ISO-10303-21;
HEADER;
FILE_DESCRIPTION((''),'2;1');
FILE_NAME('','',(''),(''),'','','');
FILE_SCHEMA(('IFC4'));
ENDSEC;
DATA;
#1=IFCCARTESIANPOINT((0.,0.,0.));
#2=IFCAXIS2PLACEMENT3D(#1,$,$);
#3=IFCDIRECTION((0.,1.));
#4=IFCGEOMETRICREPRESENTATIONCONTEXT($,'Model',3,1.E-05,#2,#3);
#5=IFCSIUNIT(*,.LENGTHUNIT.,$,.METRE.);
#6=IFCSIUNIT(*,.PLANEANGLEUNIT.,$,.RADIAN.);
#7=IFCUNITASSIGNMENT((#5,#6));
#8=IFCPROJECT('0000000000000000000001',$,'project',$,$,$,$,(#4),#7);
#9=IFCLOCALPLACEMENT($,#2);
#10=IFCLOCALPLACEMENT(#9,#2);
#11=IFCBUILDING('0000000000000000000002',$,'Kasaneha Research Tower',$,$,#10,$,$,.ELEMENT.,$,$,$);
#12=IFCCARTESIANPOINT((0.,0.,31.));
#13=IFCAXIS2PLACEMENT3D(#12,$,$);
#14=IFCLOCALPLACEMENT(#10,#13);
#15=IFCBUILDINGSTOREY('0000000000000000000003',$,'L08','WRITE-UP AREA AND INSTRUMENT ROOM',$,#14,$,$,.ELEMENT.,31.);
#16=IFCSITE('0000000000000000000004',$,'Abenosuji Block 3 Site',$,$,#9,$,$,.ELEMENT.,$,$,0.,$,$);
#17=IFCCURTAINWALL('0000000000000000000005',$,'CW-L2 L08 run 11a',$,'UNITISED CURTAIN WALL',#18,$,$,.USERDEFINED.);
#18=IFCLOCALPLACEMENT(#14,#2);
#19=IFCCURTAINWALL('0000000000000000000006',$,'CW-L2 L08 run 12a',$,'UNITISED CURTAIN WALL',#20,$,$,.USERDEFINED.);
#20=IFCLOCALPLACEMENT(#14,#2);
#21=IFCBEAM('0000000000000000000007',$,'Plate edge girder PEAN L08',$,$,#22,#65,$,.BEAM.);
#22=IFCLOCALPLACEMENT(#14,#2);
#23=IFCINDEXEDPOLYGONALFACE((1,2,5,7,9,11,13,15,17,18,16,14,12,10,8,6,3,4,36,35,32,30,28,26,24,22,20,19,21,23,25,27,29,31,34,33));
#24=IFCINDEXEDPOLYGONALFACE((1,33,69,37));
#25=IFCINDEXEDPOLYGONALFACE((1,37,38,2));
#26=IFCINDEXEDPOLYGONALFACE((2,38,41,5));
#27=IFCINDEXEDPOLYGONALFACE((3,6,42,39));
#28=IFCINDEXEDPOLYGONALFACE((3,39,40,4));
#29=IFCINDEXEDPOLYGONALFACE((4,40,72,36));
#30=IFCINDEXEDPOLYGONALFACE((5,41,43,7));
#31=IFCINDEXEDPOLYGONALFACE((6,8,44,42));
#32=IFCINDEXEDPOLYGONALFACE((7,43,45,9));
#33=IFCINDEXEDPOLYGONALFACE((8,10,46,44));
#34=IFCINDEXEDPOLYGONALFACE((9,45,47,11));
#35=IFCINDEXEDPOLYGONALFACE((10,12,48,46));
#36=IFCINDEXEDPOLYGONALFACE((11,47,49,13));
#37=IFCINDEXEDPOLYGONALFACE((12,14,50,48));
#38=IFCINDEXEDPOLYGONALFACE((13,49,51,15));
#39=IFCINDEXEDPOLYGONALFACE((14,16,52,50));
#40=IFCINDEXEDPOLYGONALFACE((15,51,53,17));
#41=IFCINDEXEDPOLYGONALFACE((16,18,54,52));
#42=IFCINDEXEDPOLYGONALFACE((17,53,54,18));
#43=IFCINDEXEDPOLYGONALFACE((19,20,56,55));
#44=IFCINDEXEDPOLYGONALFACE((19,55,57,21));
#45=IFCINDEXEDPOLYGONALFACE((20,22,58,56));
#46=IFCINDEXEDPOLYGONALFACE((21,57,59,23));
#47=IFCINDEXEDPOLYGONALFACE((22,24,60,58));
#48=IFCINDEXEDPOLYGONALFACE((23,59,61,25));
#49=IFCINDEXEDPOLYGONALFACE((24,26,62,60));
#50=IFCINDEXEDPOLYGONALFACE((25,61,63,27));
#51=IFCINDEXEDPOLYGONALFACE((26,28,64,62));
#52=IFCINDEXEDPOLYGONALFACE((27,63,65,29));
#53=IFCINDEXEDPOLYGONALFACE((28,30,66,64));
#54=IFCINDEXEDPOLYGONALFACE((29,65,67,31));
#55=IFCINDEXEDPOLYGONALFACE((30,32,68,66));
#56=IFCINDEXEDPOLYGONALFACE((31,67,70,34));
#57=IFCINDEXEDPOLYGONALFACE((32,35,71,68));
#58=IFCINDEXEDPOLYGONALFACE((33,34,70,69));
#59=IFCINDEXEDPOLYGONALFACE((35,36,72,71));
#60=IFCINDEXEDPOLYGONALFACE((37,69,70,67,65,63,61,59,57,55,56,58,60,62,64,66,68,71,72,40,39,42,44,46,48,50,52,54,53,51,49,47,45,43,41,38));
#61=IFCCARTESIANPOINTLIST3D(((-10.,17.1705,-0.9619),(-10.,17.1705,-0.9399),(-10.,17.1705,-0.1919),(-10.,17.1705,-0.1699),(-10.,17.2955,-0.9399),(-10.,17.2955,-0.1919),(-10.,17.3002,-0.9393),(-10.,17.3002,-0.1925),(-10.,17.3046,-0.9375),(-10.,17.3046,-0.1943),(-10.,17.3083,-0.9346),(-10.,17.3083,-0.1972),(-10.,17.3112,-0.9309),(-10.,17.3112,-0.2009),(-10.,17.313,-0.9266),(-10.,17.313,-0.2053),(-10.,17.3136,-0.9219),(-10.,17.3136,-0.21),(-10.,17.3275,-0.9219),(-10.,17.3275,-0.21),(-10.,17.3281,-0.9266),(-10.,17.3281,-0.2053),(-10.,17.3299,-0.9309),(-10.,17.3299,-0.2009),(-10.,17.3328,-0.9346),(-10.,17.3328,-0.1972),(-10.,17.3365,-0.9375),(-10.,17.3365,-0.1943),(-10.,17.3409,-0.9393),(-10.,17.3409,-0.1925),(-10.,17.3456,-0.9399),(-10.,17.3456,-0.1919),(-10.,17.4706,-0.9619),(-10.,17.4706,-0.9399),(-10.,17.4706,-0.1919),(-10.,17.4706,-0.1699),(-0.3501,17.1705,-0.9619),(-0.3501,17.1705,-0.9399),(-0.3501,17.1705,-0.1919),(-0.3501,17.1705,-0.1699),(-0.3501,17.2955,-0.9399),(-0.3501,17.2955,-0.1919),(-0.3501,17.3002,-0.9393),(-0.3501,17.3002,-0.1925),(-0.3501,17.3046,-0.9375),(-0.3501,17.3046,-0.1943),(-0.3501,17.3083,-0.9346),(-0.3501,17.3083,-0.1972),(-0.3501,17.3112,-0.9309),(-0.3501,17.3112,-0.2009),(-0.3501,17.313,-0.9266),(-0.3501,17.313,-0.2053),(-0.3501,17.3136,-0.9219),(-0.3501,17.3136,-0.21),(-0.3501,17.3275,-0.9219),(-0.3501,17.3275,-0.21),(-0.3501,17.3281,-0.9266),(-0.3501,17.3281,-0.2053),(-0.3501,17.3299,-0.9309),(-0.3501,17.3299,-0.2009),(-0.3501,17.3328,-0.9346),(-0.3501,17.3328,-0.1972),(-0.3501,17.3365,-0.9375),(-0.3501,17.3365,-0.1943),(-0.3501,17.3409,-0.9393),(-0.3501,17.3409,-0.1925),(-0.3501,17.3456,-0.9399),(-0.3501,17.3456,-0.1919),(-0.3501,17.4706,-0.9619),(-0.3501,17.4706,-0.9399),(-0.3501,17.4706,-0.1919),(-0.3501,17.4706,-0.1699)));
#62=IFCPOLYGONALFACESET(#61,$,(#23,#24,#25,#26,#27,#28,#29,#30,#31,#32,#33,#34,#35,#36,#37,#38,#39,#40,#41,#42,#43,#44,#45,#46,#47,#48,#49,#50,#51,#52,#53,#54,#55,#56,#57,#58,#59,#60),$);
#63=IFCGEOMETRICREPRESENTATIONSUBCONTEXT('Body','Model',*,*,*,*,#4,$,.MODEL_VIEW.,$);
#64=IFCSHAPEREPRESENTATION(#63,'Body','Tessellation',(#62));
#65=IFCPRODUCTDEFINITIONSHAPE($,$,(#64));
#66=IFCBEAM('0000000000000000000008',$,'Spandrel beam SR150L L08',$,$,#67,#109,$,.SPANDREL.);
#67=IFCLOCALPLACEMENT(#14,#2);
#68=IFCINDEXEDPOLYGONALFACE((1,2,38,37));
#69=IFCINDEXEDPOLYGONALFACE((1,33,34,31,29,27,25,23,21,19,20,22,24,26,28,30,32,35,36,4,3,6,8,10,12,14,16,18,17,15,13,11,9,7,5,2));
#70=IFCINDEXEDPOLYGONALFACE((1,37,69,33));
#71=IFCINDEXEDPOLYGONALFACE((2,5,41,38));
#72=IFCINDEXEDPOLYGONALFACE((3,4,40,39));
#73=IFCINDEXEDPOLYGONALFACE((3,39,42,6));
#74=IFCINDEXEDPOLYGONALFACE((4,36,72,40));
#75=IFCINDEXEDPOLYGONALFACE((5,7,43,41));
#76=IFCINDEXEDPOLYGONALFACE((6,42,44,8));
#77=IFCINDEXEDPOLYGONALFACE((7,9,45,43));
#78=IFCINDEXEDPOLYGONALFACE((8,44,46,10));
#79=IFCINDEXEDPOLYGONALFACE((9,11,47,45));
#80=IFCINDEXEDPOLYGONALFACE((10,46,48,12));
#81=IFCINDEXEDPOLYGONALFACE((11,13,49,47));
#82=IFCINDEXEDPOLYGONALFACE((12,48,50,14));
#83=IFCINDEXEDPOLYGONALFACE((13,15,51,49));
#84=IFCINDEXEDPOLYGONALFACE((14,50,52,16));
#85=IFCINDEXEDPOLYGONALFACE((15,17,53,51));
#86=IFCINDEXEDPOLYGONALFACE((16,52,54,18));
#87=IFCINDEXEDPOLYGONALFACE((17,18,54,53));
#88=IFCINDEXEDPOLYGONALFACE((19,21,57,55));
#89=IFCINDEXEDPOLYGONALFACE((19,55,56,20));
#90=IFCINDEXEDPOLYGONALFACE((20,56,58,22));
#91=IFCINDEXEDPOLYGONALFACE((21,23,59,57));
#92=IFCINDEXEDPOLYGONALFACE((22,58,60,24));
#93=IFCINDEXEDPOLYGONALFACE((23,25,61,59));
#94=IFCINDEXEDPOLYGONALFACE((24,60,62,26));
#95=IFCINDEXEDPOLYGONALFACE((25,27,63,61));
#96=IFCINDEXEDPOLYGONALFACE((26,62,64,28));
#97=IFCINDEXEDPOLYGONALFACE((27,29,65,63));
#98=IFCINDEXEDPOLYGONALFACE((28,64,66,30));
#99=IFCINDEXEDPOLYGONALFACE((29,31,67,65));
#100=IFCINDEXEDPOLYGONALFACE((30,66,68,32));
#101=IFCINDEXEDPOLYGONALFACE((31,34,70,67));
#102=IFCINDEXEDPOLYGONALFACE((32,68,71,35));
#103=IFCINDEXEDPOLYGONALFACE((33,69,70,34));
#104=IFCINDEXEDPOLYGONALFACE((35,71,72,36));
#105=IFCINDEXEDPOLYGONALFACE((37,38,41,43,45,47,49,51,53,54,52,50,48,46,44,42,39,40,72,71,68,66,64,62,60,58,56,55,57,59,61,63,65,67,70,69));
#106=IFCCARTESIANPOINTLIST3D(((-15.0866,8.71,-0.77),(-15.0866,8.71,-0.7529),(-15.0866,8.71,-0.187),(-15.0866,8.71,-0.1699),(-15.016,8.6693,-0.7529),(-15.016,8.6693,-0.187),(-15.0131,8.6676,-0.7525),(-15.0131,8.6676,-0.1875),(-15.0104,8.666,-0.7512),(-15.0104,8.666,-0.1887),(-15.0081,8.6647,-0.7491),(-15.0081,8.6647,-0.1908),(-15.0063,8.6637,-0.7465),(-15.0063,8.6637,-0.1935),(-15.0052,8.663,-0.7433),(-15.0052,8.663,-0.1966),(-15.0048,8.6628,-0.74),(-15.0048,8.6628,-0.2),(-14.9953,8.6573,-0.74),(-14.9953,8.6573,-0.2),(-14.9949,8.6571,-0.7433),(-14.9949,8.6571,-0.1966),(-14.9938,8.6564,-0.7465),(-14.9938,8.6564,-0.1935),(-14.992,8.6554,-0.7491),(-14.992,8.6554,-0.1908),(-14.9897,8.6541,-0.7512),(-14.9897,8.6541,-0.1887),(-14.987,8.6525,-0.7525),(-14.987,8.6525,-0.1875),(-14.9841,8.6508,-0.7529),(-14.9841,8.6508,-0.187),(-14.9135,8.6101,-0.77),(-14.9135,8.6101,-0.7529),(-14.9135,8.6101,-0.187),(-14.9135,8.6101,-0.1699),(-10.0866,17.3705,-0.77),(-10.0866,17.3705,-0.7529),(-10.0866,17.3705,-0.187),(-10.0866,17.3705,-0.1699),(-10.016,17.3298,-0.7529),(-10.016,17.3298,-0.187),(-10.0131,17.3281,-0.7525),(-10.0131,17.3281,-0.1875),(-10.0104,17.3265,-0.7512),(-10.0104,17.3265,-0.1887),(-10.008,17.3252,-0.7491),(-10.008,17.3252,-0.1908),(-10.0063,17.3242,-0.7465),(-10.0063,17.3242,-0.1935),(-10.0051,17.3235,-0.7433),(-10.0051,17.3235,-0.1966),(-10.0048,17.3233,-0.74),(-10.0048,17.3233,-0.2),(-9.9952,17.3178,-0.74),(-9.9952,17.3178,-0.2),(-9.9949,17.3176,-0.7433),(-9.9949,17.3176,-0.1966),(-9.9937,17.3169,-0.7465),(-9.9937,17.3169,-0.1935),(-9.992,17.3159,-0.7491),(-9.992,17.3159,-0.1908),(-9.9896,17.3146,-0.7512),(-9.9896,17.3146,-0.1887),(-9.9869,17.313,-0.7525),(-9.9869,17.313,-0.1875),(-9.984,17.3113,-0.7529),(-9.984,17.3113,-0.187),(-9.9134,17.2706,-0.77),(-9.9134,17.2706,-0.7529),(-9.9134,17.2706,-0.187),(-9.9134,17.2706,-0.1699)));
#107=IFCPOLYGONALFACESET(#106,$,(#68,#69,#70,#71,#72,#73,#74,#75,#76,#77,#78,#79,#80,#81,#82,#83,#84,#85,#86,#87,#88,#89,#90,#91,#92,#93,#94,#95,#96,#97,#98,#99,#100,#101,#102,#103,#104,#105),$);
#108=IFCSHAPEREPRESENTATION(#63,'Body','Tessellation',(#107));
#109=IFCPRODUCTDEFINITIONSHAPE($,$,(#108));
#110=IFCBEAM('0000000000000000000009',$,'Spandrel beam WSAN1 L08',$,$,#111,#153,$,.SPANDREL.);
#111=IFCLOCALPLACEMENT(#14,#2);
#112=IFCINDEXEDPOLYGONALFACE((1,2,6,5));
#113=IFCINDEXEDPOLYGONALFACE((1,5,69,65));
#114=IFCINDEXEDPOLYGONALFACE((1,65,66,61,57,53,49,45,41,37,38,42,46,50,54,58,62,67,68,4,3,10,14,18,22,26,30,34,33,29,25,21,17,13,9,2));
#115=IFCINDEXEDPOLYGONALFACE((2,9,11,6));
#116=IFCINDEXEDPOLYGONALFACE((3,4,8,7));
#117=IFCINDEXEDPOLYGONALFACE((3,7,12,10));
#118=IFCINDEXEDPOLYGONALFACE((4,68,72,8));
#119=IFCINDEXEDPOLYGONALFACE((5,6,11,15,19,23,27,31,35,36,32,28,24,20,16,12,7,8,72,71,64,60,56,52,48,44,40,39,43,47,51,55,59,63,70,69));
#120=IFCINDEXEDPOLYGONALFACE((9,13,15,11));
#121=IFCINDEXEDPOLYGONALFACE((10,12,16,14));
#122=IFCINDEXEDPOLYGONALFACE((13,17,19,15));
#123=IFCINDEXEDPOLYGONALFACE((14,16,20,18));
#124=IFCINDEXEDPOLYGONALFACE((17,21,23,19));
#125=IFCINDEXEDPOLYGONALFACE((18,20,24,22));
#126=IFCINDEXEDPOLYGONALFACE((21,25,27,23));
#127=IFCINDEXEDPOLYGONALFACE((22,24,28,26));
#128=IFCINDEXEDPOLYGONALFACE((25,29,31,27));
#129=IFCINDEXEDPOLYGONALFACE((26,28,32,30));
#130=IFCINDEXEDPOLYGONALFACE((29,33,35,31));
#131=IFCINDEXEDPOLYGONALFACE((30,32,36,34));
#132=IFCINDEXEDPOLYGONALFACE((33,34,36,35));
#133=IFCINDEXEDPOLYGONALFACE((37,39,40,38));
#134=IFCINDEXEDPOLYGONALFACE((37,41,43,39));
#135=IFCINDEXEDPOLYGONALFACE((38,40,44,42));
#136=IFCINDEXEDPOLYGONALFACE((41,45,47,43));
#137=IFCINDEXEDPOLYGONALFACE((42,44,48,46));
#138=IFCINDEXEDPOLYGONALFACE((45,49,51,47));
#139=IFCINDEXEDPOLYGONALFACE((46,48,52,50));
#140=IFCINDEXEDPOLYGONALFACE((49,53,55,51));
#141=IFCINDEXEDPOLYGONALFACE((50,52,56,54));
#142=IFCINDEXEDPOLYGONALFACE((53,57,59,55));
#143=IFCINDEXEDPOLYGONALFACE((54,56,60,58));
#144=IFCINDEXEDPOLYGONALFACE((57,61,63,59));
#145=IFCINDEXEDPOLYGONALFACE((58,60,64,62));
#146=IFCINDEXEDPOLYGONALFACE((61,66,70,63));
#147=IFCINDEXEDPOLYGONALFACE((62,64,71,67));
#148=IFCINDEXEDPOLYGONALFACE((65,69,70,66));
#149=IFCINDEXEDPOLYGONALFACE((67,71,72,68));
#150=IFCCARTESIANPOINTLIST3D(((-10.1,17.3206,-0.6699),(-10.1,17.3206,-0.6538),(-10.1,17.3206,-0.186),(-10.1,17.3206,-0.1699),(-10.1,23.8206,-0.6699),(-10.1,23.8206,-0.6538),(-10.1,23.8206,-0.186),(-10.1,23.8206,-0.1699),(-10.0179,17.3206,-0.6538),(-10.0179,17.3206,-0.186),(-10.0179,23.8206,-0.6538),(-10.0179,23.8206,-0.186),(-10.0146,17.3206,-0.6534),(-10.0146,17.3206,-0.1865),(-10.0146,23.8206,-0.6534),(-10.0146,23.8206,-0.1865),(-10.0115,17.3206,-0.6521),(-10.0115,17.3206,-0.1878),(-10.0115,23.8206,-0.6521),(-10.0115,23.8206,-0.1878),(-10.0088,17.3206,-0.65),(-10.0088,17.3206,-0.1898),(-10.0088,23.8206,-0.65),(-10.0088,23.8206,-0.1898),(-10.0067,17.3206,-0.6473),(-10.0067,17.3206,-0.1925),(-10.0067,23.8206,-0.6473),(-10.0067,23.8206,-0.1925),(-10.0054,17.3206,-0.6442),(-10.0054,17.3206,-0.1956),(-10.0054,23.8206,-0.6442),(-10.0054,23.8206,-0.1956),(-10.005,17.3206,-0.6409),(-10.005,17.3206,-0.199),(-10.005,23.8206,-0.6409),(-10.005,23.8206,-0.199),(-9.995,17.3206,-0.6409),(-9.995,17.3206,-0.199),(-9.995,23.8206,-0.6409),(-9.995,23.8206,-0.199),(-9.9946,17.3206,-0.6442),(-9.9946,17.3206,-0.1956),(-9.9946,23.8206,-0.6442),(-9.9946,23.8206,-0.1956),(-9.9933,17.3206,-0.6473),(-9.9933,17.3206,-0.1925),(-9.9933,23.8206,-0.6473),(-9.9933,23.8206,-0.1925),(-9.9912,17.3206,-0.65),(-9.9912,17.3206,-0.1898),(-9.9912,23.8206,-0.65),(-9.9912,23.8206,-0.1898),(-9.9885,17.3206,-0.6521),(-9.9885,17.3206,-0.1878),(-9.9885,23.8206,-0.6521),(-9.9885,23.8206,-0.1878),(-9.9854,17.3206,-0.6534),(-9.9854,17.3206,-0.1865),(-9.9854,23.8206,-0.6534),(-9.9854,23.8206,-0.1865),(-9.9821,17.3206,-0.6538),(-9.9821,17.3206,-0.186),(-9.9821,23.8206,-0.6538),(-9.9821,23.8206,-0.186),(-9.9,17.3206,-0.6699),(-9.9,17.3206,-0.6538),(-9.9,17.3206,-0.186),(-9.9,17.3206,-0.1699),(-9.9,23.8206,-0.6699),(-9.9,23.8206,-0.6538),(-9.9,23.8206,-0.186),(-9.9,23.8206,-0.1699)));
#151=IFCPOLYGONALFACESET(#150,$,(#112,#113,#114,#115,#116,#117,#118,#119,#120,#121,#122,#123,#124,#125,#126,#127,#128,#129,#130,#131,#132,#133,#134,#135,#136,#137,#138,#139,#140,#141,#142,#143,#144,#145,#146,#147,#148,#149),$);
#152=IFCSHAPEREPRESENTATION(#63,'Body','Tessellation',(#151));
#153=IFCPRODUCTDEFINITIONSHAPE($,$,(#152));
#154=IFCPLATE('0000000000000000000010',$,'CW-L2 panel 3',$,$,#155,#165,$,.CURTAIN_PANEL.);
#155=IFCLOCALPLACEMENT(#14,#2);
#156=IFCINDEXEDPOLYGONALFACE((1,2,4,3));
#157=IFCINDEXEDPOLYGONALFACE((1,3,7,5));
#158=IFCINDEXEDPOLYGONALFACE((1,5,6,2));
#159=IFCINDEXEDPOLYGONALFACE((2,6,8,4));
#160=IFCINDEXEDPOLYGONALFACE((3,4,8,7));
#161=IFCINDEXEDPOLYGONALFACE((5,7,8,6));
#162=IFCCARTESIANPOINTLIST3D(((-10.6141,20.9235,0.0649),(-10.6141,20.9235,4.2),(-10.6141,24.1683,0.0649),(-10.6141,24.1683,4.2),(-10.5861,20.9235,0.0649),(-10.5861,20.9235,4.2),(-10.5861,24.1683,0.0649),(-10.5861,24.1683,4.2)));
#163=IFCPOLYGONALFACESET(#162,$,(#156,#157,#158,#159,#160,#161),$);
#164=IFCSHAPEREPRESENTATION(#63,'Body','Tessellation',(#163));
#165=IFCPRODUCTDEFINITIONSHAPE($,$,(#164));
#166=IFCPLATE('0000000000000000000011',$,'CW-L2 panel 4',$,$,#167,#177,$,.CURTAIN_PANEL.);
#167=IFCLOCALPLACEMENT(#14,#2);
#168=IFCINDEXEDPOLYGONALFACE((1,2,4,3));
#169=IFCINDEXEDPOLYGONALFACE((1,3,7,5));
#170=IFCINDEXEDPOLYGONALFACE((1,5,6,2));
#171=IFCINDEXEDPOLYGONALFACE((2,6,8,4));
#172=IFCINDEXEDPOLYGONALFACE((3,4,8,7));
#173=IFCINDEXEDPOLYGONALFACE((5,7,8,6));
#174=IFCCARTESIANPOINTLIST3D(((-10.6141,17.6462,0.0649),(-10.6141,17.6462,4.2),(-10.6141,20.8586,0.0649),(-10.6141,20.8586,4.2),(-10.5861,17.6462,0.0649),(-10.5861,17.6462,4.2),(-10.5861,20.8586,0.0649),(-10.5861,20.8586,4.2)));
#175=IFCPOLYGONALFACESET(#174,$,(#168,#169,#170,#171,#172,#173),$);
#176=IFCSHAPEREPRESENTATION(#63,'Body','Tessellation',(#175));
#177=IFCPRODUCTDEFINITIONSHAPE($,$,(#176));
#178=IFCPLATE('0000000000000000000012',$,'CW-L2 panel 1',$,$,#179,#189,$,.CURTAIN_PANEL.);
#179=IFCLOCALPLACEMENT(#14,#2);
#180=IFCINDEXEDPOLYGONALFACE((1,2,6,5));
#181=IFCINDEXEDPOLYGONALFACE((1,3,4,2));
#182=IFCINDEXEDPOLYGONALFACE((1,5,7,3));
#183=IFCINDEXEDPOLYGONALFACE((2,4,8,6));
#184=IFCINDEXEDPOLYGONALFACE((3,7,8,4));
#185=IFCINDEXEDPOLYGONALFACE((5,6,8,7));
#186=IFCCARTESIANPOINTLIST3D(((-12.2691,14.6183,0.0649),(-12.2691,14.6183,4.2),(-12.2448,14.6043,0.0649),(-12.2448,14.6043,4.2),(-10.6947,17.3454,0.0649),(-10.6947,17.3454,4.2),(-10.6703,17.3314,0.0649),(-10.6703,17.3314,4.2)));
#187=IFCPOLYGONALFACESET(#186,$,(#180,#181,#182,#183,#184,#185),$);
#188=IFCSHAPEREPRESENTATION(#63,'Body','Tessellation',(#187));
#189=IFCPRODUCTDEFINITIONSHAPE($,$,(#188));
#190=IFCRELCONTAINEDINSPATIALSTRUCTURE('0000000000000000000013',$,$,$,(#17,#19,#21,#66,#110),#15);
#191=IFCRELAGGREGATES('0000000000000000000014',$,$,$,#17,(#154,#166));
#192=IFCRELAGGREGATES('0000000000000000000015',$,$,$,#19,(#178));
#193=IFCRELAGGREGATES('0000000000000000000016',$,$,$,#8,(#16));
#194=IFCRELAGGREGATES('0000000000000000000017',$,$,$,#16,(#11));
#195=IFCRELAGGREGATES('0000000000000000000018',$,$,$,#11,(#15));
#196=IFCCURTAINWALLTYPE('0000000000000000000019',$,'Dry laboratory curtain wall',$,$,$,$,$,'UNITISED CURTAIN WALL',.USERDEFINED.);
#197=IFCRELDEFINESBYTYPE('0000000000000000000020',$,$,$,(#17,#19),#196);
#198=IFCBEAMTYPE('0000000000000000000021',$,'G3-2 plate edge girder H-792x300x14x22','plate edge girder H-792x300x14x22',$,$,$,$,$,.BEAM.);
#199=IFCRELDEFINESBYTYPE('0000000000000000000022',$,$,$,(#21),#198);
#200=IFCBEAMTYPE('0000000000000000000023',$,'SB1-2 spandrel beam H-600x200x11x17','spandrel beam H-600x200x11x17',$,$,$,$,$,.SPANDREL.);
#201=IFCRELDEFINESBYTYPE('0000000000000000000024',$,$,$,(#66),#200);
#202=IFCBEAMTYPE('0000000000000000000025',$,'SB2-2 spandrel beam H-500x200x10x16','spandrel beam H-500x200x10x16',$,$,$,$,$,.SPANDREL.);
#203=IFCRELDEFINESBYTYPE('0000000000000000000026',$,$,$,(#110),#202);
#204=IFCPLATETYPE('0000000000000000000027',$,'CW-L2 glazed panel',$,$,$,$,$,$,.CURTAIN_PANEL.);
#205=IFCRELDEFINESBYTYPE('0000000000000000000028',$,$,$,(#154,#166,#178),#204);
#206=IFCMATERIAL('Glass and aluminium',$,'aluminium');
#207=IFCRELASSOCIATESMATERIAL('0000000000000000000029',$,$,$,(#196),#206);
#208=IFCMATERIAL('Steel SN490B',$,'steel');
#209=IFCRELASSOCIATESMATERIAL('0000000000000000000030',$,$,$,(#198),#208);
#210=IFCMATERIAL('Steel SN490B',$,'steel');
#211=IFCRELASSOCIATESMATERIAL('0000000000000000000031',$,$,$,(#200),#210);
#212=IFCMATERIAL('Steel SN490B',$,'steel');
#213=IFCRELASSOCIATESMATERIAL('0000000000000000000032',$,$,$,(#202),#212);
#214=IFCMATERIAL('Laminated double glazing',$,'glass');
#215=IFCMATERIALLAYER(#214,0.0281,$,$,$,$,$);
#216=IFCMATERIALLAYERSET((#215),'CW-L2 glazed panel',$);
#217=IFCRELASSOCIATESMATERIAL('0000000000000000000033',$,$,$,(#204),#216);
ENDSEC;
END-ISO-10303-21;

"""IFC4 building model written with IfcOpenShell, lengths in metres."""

from ifc_helpers import new_model, si_unit, direction, frame, origin, origin_2d, place, context, subcontext, project, spatial, rectangle, i_section, extrude, material, layer, layer_set, material_profile, profile_set, type_object, element, aggregate, save


model = new_model("IFC4")

# Units and contexts
model_context = context("Model", 3, precision=1e-05, world=origin(), true_north=direction((0.0, 1.0)))
body_context = subcontext(model_context, "Body", "Model", "MODEL_VIEW")
ifc_project = project(units=[si_unit("LENGTHUNIT", "METRE"), si_unit("PLANEANGLEUNIT", "RADIAN")], contexts=[model_context])

# Site, building, storey
site_placement = place(None, origin())
site = spatial("IfcSite", under=ifc_project, at=site_placement, Name="Abenosuji Block 3 Site", CompositionType="ELEMENT", RefElevation=0.0)
building_placement = place(site_placement, origin())
building = spatial("IfcBuilding", under=site, at=building_placement, Name="Kasaneha Research Tower", CompositionType="ELEMENT")
storey_placement = place(building_placement, frame((0.0, 0.0, 31.0)))
storey = spatial("IfcBuildingStorey", under=building, at=storey_placement, Name="L08", Description="WRITE-UP AREA AND INSTRUMENT ROOM", CompositionType="ELEMENT", Elevation=31.0)

# Curtain walls
ifc_material_1 = material(Name="Glass and aluminium", Category="aluminium")
curtain_wall_type = type_object("IfcCurtainWallType", Name="Dry laboratory curtain wall", ElementType="UNITISED CURTAIN WALL", PredefinedType="USERDEFINED", material=ifc_material_1)
curtain_wall_1_placement = place(storey_placement, origin())
curtain_wall_1 = element("IfcCurtainWall", 1, at=curtain_wall_1_placement, inside=storey, type_object=curtain_wall_type, Name="CW-L2 L08 run 11a", ObjectType="UNITISED CURTAIN WALL", PredefinedType="USERDEFINED")
curtain_wall_2_placement = place(storey_placement, origin())
curtain_wall_2 = element("IfcCurtainWall", 2, at=curtain_wall_2_placement, inside=storey, type_object=curtain_wall_type, Name="CW-L2 L08 run 12a", ObjectType="UNITISED CURTAIN WALL", PredefinedType="USERDEFINED")

# Beams
ifc_material_2 = material(Name="Steel SN490B", Category="steel")
ifc_material_profile_1 = material_profile(ifc_material_2, i_section(OverallWidth=0.3, OverallDepth=0.792, WebThickness=0.0139, FlangeThickness=0.022, FilletRadius=0.0181, at=origin_2d()), Name="H-792x300x14x22")
ifc_profile_set_1 = profile_set([ifc_material_profile_1], Name="Steel SN490B")
beam_type_1 = type_object("IfcBeamType", Name="G3-2 plate edge girder H-792x300x14x22", Description="plate edge girder H-792x300x14x22", PredefinedType="BEAM", material=ifc_profile_set_1)
beam_1_placement = place(storey_placement, frame((-10.0, 17.3206, -0.5659), z_axis=(1.0, 0.0, 0.0), x_axis=(0.0, 1.0, 0.0)))
element("IfcBeam", 3, at=beam_1_placement, inside=storey, type_object=beam_type_1, Name="Plate edge girder PEAN L08", PredefinedType="BEAM", context=body_context, shape_type="SweptSolid", body=[
    extrude(i_section(OverallWidth=0.3, OverallDepth=0.792, WebThickness=0.0139, FlangeThickness=0.022, FilletRadius=0.0181, at=origin_2d()), origin(), (0.0, 0.0, 1.0), 9.6499),
])
ifc_material_3 = material(Name="Steel SN490B", Category="steel")
ifc_material_profile_2 = material_profile(ifc_material_3, i_section(OverallWidth=0.2, OverallDepth=0.6001, WebThickness=0.011, FlangeThickness=0.0171, FilletRadius=0.0129, at=origin_2d()), Name="H-600x200x11x17")
ifc_profile_set_2 = profile_set([ifc_material_profile_2], Name="Steel SN490B")
beam_type_2 = type_object("IfcBeamType", Name="SB1-2 spandrel beam H-600x200x11x17", Description="spandrel beam H-600x200x11x17", PredefinedType="SPANDREL", material=ifc_profile_set_2)
beam_2_placement = place(storey_placement, frame((-10.0, 17.3206, -0.47), z_axis=(-0.499994, -0.866029, 0.0), x_axis=(0.866029, -0.499994, 0.0)))
element("IfcBeam", 4, at=beam_2_placement, inside=storey, type_object=beam_type_2, Name="Spandrel beam SR150L L08", PredefinedType="SPANDREL", context=body_context, shape_type="SweptSolid", body=[
    extrude(i_section(OverallWidth=0.2, OverallDepth=0.6001, WebThickness=0.011, FlangeThickness=0.0171, FilletRadius=0.0129, at=origin_2d()), origin(), (0.0, 0.0, 1.0), 10.0002),
])
ifc_material_4 = material(Name="Steel SN490B", Category="steel")
ifc_material_profile_3 = material_profile(ifc_material_4, i_section(OverallWidth=0.2, OverallDepth=0.5, WebThickness=0.01, FlangeThickness=0.0161, FilletRadius=0.0129, at=origin_2d()), Name="H-500x200x10x16")
ifc_profile_set_3 = profile_set([ifc_material_profile_3], Name="Steel SN490B")
beam_type_3 = type_object("IfcBeamType", Name="SB2-2 spandrel beam H-500x200x10x16", Description="spandrel beam H-500x200x10x16", PredefinedType="SPANDREL", material=ifc_profile_set_3)
beam_3_placement = place(storey_placement, frame((-10.0, 17.3206, -0.4199), z_axis=(0.0, 1.0, 0.0), x_axis=(-1.0, 0.0, 0.0)))
element("IfcBeam", 5, at=beam_3_placement, inside=storey, type_object=beam_type_3, Name="Spandrel beam WSAN1 L08", PredefinedType="SPANDREL", context=body_context, shape_type="SweptSolid", body=[
    extrude(i_section(OverallWidth=0.2, OverallDepth=0.5, WebThickness=0.01, FlangeThickness=0.0161, FilletRadius=0.0129, at=origin_2d()), origin(), (0.0, 0.0, 1.0), 6.5),
])

# Plates
ifc_material_5 = material(Name="Laminated double glazing", Category="glass")
ifc_layer_1 = layer(ifc_material_5, 0.0281)
ifc_layer_set_1 = layer_set([ifc_layer_1], Name="CW-L2 glazed panel")
plate_type = type_object("IfcPlateType", Name="CW-L2 glazed panel", PredefinedType="CURTAIN_PANEL", material=ifc_layer_set_1)
plate_1_placement = place(storey_placement, frame((-10.6001, 22.5459, 0.0649), z_axis=(0.0, 0.0, 1.0), x_axis=(0.0, -1.0, 0.0)))
plate_1 = element("IfcPlate", 6, at=plate_1_placement, type_object=plate_type, Name="CW-L2 panel 3", PredefinedType="CURTAIN_PANEL", context=body_context, shape_type="SweptSolid", body=[
    extrude(rectangle(XDim=3.2449, YDim=0.0281, at=origin_2d()), origin(), (0.0, 0.0, 1.0), 4.135),
])
plate_2_placement = place(storey_placement, frame((-10.6001, 19.2524, 0.0649), z_axis=(0.0, 0.0, 1.0), x_axis=(0.0, -1.0, 0.0)))
plate_2 = element("IfcPlate", 7, at=plate_2_placement, type_object=plate_type, Name="CW-L2 panel 4", PredefinedType="CURTAIN_PANEL", context=body_context, shape_type="SweptSolid", body=[
    extrude(rectangle(XDim=3.2124, YDim=0.0281, at=origin_2d()), origin(), (0.0, 0.0, 1.0), 4.135),
])
aggregate(curtain_wall_1, [plate_1, plate_2])
plate_3_placement = place(storey_placement, frame((-11.4697, 15.9749, 0.0649), z_axis=(0.0, 0.0, 1.0), x_axis=(-0.5, -0.866025, 0.0)))
plate_3 = element("IfcPlate", 8, at=plate_3_placement, type_object=plate_type, Name="CW-L2 panel 1", PredefinedType="CURTAIN_PANEL", context=body_context, shape_type="SweptSolid", body=[
    extrude(rectangle(XDim=3.1489, YDim=0.0281, at=origin_2d()), origin(), (0.0, 0.0, 1.0), 4.135),
])
aggregate(curtain_wall_2, [plate_3])

save(model, "model.ifc")
